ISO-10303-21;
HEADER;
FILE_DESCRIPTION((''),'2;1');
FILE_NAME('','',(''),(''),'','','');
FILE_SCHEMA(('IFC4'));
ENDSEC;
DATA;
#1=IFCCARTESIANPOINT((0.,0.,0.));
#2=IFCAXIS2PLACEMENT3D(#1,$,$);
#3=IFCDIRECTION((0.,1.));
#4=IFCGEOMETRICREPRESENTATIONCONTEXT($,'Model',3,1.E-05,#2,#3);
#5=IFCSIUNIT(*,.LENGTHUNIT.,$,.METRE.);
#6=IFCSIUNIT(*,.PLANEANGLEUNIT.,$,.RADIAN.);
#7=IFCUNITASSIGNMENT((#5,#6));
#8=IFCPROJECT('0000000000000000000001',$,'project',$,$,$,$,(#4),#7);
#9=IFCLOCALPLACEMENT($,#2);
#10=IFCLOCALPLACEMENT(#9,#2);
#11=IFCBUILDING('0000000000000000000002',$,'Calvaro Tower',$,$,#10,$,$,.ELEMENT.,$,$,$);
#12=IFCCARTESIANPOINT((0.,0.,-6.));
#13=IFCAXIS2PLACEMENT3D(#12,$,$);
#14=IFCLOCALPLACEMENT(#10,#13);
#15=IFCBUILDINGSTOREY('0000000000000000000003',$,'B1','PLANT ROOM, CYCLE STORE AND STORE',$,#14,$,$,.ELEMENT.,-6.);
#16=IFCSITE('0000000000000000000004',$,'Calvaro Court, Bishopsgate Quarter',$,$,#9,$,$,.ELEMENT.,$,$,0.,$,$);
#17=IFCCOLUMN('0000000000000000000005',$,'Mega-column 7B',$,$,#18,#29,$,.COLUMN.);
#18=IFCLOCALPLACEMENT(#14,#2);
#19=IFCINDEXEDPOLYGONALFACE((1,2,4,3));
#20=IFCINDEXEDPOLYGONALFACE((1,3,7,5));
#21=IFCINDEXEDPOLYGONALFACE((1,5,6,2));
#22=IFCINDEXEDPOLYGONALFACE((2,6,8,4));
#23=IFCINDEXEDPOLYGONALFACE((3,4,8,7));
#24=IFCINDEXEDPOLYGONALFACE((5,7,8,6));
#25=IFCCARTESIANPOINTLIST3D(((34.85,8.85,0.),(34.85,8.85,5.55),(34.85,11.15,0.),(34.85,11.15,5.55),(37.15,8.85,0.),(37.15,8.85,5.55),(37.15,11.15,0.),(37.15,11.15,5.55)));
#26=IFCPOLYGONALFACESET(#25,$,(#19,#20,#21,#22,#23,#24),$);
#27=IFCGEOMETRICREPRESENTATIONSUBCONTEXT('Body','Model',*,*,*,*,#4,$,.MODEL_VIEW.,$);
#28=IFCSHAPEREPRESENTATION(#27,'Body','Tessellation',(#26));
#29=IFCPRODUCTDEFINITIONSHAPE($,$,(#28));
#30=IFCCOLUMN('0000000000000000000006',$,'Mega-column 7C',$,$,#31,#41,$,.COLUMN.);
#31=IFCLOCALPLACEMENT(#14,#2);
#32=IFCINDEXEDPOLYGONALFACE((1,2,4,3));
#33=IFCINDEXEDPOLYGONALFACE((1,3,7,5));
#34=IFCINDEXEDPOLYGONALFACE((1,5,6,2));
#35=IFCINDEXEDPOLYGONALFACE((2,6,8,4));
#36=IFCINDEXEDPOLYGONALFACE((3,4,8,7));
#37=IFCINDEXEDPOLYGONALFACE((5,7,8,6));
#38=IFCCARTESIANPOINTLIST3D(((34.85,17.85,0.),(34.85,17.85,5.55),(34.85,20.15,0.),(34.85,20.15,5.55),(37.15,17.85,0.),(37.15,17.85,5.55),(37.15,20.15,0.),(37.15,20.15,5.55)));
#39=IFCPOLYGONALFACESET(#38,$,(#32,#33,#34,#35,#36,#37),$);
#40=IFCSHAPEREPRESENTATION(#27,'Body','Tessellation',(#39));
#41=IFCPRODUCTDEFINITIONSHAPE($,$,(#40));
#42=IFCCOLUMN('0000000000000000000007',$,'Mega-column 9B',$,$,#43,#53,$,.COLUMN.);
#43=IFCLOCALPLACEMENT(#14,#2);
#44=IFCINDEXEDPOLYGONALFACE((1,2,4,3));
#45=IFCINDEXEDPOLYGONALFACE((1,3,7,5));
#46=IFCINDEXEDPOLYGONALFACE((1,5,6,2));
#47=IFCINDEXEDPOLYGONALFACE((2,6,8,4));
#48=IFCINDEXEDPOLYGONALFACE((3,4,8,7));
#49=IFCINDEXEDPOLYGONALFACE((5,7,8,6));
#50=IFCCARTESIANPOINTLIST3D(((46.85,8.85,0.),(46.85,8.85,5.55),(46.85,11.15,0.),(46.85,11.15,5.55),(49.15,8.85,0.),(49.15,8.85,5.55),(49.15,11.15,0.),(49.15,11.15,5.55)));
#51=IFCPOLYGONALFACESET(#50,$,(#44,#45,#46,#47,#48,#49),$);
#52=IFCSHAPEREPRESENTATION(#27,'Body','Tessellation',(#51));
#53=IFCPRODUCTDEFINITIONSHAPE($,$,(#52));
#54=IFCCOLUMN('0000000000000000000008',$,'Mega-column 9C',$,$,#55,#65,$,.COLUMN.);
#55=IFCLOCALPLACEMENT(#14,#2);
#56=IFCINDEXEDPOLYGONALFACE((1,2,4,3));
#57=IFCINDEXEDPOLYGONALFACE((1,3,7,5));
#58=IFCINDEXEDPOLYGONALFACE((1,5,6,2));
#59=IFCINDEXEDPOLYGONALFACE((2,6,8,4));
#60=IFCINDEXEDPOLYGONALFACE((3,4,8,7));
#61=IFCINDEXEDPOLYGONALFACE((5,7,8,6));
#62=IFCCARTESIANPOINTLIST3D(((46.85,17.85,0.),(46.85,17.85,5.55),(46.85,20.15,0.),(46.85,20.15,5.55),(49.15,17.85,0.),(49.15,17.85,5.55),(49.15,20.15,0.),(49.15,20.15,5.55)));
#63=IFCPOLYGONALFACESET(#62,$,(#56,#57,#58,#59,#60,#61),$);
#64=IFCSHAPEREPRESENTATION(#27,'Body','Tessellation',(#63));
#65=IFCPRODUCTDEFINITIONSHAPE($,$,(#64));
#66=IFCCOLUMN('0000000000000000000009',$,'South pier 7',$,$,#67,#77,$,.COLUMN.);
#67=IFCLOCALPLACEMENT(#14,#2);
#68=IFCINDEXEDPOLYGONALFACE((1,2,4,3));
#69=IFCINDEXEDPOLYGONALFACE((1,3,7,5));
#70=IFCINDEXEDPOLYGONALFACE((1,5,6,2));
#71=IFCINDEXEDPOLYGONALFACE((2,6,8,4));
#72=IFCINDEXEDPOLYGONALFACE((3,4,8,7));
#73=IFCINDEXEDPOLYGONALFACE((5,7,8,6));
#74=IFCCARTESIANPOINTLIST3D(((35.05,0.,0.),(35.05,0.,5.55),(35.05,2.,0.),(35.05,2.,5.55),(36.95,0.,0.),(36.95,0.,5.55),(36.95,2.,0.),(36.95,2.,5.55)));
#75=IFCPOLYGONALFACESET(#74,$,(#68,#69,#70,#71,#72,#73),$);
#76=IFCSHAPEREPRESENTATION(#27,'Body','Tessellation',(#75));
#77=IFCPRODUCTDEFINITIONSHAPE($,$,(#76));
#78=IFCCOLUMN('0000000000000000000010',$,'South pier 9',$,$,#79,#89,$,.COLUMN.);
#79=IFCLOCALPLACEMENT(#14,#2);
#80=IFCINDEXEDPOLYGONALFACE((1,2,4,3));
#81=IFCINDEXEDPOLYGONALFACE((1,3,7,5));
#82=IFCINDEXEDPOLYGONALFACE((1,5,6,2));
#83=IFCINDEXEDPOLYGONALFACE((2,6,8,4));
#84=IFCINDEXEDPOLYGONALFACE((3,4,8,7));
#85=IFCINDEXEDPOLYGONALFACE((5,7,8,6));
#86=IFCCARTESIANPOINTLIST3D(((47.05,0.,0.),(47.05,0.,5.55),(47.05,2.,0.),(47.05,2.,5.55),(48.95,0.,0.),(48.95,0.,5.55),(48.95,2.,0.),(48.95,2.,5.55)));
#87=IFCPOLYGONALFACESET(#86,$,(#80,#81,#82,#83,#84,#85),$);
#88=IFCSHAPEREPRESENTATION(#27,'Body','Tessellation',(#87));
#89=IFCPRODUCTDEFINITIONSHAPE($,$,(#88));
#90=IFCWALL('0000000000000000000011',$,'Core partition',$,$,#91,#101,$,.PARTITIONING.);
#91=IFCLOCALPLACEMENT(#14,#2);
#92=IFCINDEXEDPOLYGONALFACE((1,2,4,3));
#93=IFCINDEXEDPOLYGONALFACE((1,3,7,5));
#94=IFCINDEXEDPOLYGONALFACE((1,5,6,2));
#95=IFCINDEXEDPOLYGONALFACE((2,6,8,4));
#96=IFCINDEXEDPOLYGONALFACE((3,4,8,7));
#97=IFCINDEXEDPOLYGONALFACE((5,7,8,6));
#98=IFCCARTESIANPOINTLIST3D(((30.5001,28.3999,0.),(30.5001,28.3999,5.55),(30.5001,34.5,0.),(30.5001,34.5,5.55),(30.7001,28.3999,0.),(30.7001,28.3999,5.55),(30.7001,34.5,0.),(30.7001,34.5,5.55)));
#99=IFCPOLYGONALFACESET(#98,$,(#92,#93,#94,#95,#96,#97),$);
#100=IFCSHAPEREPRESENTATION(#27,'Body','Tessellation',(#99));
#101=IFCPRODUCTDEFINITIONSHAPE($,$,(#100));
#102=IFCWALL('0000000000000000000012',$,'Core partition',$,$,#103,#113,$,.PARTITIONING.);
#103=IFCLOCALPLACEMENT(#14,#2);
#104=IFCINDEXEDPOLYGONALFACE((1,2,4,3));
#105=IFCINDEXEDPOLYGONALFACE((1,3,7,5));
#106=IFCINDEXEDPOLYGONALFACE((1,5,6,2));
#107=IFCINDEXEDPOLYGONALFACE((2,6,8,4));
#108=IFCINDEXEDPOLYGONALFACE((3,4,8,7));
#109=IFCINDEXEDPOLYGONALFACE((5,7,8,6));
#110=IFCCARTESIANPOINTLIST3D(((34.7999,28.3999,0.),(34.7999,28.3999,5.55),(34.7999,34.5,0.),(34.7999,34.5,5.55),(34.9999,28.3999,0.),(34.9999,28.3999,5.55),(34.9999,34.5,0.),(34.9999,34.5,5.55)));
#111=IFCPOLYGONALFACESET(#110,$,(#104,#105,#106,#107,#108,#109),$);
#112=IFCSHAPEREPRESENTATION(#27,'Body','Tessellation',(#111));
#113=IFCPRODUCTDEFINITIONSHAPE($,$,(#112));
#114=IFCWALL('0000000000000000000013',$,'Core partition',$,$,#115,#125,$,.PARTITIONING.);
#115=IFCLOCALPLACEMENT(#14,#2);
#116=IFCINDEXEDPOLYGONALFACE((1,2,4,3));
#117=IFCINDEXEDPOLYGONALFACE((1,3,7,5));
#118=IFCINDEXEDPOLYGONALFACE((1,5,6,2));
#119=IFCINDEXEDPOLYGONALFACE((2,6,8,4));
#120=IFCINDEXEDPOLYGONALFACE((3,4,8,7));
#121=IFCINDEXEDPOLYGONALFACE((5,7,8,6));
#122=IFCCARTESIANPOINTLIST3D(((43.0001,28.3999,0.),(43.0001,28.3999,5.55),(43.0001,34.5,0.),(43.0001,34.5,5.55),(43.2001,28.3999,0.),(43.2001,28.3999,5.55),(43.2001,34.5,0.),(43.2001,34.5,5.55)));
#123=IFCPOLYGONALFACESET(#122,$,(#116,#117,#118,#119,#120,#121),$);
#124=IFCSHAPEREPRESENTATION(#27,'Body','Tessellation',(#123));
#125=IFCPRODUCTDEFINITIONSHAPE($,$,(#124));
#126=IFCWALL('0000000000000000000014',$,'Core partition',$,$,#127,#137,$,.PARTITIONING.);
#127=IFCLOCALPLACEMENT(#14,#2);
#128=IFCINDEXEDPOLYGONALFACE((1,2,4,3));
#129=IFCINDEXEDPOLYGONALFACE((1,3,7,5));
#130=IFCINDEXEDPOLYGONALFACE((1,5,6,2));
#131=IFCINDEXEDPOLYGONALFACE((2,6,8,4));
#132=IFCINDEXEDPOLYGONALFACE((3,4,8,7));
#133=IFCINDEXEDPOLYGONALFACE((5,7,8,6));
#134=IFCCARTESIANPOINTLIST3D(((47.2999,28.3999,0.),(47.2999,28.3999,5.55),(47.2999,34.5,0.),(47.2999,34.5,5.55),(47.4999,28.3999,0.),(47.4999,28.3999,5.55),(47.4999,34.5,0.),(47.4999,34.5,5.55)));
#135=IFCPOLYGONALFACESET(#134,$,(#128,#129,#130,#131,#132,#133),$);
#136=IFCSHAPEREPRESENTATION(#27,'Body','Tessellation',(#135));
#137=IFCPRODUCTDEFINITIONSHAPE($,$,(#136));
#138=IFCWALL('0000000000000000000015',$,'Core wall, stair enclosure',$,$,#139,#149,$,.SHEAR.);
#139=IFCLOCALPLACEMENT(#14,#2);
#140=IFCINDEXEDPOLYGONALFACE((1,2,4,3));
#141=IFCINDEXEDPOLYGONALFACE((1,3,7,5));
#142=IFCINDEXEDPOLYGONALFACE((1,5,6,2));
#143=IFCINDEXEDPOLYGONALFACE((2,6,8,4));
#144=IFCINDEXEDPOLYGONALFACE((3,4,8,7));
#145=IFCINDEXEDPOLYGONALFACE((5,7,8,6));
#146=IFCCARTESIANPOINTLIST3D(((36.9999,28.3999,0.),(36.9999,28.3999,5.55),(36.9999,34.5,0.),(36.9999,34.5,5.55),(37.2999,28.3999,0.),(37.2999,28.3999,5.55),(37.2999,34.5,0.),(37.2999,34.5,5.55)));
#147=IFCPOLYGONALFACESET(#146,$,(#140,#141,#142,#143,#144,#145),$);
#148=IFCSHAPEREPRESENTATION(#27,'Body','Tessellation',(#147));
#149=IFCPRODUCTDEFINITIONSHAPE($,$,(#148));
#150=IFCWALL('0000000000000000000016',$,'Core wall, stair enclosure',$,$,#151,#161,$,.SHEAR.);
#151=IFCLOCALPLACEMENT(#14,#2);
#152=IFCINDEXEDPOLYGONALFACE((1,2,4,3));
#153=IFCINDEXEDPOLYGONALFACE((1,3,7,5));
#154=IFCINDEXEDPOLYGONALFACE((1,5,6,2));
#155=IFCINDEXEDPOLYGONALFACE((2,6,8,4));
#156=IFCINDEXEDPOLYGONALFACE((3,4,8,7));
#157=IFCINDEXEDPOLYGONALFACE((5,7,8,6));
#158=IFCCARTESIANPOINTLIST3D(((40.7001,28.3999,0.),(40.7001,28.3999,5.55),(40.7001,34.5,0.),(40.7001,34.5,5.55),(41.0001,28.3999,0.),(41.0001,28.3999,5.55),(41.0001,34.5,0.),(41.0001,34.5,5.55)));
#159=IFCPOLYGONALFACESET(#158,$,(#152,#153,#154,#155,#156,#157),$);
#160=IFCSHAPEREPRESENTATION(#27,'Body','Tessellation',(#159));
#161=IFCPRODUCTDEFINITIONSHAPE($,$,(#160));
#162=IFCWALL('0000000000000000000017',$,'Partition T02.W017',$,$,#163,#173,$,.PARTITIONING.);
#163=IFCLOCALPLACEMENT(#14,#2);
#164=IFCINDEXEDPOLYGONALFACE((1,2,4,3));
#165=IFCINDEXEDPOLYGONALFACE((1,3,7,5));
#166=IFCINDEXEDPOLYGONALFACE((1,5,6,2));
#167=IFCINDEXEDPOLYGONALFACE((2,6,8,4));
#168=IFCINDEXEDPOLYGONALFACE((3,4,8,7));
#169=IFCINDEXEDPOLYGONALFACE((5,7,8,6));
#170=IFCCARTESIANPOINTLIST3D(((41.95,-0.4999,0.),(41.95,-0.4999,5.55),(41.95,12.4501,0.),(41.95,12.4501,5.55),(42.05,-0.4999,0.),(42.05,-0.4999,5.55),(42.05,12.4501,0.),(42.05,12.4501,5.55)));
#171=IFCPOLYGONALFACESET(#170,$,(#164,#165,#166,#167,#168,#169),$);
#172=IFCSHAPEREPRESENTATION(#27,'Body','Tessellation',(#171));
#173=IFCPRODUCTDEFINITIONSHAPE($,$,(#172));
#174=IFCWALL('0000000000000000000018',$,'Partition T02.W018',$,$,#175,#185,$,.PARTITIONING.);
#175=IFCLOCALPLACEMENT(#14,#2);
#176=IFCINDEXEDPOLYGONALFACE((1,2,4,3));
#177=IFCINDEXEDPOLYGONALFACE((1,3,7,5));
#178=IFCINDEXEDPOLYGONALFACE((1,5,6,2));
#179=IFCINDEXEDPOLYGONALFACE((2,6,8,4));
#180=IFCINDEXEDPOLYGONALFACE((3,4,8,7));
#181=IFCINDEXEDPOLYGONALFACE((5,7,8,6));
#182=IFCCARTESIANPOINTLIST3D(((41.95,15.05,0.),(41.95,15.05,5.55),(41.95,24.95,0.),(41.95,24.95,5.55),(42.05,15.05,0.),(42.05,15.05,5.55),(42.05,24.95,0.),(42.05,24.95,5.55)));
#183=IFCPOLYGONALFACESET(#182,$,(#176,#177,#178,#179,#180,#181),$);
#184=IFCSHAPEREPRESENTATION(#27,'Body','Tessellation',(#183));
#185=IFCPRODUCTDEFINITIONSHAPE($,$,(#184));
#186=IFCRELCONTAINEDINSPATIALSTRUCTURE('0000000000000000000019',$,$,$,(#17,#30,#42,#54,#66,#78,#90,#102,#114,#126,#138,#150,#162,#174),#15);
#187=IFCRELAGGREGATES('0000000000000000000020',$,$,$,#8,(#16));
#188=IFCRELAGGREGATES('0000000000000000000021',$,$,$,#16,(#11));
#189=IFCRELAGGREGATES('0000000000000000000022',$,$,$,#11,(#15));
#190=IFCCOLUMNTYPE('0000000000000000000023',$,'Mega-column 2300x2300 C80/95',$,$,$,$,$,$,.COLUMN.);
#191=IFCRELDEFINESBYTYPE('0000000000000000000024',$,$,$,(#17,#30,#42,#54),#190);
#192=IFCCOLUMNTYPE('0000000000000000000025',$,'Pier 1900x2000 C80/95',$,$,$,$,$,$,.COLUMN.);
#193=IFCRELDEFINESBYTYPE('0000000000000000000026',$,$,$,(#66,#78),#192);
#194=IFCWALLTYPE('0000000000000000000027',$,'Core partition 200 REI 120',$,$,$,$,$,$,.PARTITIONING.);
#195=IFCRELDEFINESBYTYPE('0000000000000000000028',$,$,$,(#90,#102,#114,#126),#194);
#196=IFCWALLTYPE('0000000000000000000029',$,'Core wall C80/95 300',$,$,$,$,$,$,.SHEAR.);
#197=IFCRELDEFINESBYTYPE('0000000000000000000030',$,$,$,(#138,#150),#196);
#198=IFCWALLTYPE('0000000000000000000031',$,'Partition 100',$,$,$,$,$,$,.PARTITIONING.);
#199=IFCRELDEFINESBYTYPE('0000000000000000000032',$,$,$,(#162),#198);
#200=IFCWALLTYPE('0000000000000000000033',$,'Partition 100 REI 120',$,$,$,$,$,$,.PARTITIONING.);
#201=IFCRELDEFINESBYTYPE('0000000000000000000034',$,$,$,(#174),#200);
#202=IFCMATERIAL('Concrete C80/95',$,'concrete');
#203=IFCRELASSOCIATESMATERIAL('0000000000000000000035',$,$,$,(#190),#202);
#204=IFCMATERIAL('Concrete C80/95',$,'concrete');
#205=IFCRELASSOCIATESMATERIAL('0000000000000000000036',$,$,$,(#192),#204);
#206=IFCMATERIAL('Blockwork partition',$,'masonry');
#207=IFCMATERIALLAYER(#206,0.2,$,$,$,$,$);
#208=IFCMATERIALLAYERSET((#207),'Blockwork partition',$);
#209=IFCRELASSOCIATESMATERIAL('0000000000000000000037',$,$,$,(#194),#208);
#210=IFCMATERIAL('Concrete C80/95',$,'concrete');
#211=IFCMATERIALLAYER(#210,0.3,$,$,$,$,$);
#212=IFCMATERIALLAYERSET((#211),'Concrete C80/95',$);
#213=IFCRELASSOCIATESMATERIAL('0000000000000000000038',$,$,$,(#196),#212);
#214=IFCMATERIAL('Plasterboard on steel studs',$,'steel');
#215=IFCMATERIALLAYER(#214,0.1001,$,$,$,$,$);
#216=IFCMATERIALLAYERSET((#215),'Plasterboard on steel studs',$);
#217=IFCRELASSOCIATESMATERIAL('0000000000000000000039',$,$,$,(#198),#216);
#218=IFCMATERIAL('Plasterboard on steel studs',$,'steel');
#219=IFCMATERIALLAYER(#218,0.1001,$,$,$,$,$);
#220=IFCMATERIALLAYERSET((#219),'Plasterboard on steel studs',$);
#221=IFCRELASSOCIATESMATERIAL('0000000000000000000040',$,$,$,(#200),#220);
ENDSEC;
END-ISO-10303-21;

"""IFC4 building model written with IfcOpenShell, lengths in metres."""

from ifc_helpers import new_model, si_unit, direction, frame, frame_2d, origin, origin_2d, place, context, subcontext, project, spatial, rectangle, extrude, material, layer, layer_set, material_profile, profile_set, type_object, element, save


model = new_model("IFC4")

# Units and contexts
model_context = context("Model", 3, precision=1e-05, world=origin(), true_north=direction((0.0, 1.0)))
body_context = subcontext(model_context, "Body", "Model", "MODEL_VIEW")
ifc_project = project(units=[si_unit("LENGTHUNIT", "METRE"), si_unit("PLANEANGLEUNIT", "RADIAN")], contexts=[model_context])

# Site, building, storey
site_placement = place(None, origin())
site = spatial("IfcSite", under=ifc_project, at=site_placement, Name="Calvaro Court, Bishopsgate Quarter", CompositionType="ELEMENT", RefElevation=0.0)
building_placement = place(site_placement, origin())
building = spatial("IfcBuilding", under=site, at=building_placement, Name="Calvaro Tower", CompositionType="ELEMENT")
storey_placement = place(building_placement, frame((0.0, 0.0, -6.0)))
storey = spatial("IfcBuildingStorey", under=building, at=storey_placement, Name="B1", Description="PLANT ROOM, CYCLE STORE AND STORE", CompositionType="ELEMENT", Elevation=-6.0)

# Columns
ifc_material_1 = material(Name="Concrete C80/95", Category="concrete")
ifc_material_profile_1 = material_profile(ifc_material_1, rectangle(XDim=2.3, YDim=2.3, at=origin_2d()), Name="RC 2300x2300")
ifc_profile_set_1 = profile_set([ifc_material_profile_1], Name="Concrete C80/95")
column_type_1 = type_object("IfcColumnType", Name="Mega-column 2300x2300 C80/95", PredefinedType="COLUMN", material=ifc_profile_set_1)
for number, where, z_axis, x_axis, name in (
    (1, (36.0, 10.0, 0.0), (0.0, 0.0, 1.0), (1.0, 0.0, 0.0), "Mega-column 7B"),
    (2, (36.0, 19.0, 0.0), (0.0, 0.0, 1.0), (1.0, 0.0, 0.0), "Mega-column 7C"),
    (3, (48.0, 10.0, 0.0), (0.0, 0.0, 1.0), (1.0, 0.0, 0.0), "Mega-column 9B"),
    (4, (48.0, 19.0, 0.0), (0.0, 0.0, 1.0), (1.0, 0.0, 0.0), "Mega-column 9C"),
):
    element("IfcColumn", number, at=place(storey_placement, frame(where, z_axis=z_axis, x_axis=x_axis)), inside=storey, type_object=column_type_1, Name=name, PredefinedType="COLUMN", context=body_context, shape_type="SweptSolid", body=[
        extrude(rectangle(XDim=2.3, YDim=2.3, at=origin_2d()), origin(), (0.0, 0.0, 1.0), 5.55),
    ])
ifc_material_2 = material(Name="Concrete C80/95", Category="concrete")
ifc_material_profile_2 = material_profile(ifc_material_2, rectangle(XDim=1.8999, YDim=2.0, at=origin_2d()), Name="RC 1900x2000")
ifc_profile_set_2 = profile_set([ifc_material_profile_2], Name="Concrete C80/95")
column_type_2 = type_object("IfcColumnType", Name="Pier 1900x2000 C80/95", PredefinedType="COLUMN", material=ifc_profile_set_2)
for number, where, z_axis, x_axis, name in (
    (5, (36.0, 1.0, 0.0), (0.0, 0.0, 1.0), (1.0, 0.0, 0.0), "South pier 7"),
    (6, (48.0, 1.0, 0.0), (0.0, 0.0, 1.0), (1.0, 0.0, 0.0), "South pier 9"),
):
    element("IfcColumn", number, at=place(storey_placement, frame(where, z_axis=z_axis, x_axis=x_axis)), inside=storey, type_object=column_type_2, Name=name, PredefinedType="COLUMN", context=body_context, shape_type="SweptSolid", body=[
        extrude(rectangle(XDim=1.8999, YDim=2.0, at=origin_2d()), origin(), (0.0, 0.0, 1.0), 5.55),
    ])

# Walls
ifc_material_3 = material(Name="Blockwork partition", Category="masonry")
ifc_layer_1 = layer(ifc_material_3, 0.2)
ifc_layer_set_1 = layer_set([ifc_layer_1], Name="Blockwork partition")
wall_type_1 = type_object("IfcWallType", Name="Core partition 200 REI 120", PredefinedType="PARTITIONING", material=ifc_layer_set_1)
for number, where, z_axis, x_axis, name in (
    (7, (30.6001, 28.3999, 0.0), (0.0, 0.0, 1.0), (0.0, 1.0, 0.0), "Core partition"),
    (8, (34.8999, 28.3999, 0.0), (0.0, 0.0, 1.0), (0.0, 1.0, 0.0), "Core partition"),
    (9, (43.1001, 28.3999, 0.0), (0.0, 0.0, 1.0), (0.0, 1.0, 0.0), "Core partition"),
    (10, (47.3999, 28.3999, 0.0), (0.0, 0.0, 1.0), (0.0, 1.0, 0.0), "Core partition"),
):
    element("IfcWall", number, at=place(storey_placement, frame(where, z_axis=z_axis, x_axis=x_axis)), inside=storey, type_object=wall_type_1, Name=name, PredefinedType="PARTITIONING", context=body_context, shape_type="SweptSolid", body=[
        extrude(rectangle(XDim=6.1001, YDim=0.2, at=frame_2d((3.05, 0.0))), origin(), (0.0, 0.0, 1.0), 5.55),
    ])
ifc_material_4 = material(Name="Concrete C80/95", Category="concrete")
ifc_layer_2 = layer(ifc_material_4, 0.3)
ifc_layer_set_2 = layer_set([ifc_layer_2], Name="Concrete C80/95")
wall_type_2 = type_object("IfcWallType", Name="Core wall C80/95 300", PredefinedType="SHEAR", material=ifc_layer_set_2)
for number, where, z_axis, x_axis, name in (
    (11, (37.1499, 28.3999, 0.0), (0.0, 0.0, 1.0), (0.0, 1.0, 0.0), "Core wall, stair enclosure"),
    (12, (40.8501, 28.3999, 0.0), (0.0, 0.0, 1.0), (0.0, 1.0, 0.0), "Core wall, stair enclosure"),
):
    element("IfcWall", number, at=place(storey_placement, frame(where, z_axis=z_axis, x_axis=x_axis)), inside=storey, type_object=wall_type_2, Name=name, PredefinedType="SHEAR", context=body_context, shape_type="SweptSolid", body=[
        extrude(rectangle(XDim=6.1001, YDim=0.3, at=frame_2d((3.05, 0.0))), origin(), (0.0, 0.0, 1.0), 5.55),
    ])
ifc_material_5 = material(Name="Plasterboard on steel studs", Category="steel")
ifc_layer_3 = layer(ifc_material_5, 0.1001)
ifc_layer_set_3 = layer_set([ifc_layer_3], Name="Plasterboard on steel studs")
wall_type_3 = type_object("IfcWallType", Name="Partition 100", PredefinedType="PARTITIONING", material=ifc_layer_set_3)
wall_1_placement = place(storey_placement, frame((42.0, -0.5, 0.0), z_axis=(0.0, 0.0, 1.0), x_axis=(0.0, 1.0, 0.0)))
element("IfcWall", 13, at=wall_1_placement, inside=storey, type_object=wall_type_3, Name="Partition T02.W017", PredefinedType="PARTITIONING", context=body_context, shape_type="SweptSolid", body=[
    extrude(rectangle(XDim=12.95, YDim=0.1001, at=frame_2d((6.4751, 0.0))), origin(), (0.0, 0.0, 1.0), 5.55),
])
ifc_material_6 = material(Name="Plasterboard on steel studs", Category="steel")
ifc_layer_4 = layer(ifc_material_6, 0.1001)
ifc_layer_set_4 = layer_set([ifc_layer_4], Name="Plasterboard on steel studs")
wall_type_4 = type_object("IfcWallType", Name="Partition 100 REI 120", PredefinedType="PARTITIONING", material=ifc_layer_set_4)
wall_2_placement = place(storey_placement, frame((42.0, 15.05, 0.0), z_axis=(0.0, 0.0, 1.0), x_axis=(0.0, 1.0, 0.0)))
element("IfcWall", 14, at=wall_2_placement, inside=storey, type_object=wall_type_4, Name="Partition T02.W018", PredefinedType="PARTITIONING", context=body_context, shape_type="SweptSolid", body=[
    extrude(rectangle(XDim=9.8999, YDim=0.1001, at=frame_2d((4.95, 0.0))), origin(), (0.0, 0.0, 1.0), 5.55),
])

save(model, "model.ifc")
